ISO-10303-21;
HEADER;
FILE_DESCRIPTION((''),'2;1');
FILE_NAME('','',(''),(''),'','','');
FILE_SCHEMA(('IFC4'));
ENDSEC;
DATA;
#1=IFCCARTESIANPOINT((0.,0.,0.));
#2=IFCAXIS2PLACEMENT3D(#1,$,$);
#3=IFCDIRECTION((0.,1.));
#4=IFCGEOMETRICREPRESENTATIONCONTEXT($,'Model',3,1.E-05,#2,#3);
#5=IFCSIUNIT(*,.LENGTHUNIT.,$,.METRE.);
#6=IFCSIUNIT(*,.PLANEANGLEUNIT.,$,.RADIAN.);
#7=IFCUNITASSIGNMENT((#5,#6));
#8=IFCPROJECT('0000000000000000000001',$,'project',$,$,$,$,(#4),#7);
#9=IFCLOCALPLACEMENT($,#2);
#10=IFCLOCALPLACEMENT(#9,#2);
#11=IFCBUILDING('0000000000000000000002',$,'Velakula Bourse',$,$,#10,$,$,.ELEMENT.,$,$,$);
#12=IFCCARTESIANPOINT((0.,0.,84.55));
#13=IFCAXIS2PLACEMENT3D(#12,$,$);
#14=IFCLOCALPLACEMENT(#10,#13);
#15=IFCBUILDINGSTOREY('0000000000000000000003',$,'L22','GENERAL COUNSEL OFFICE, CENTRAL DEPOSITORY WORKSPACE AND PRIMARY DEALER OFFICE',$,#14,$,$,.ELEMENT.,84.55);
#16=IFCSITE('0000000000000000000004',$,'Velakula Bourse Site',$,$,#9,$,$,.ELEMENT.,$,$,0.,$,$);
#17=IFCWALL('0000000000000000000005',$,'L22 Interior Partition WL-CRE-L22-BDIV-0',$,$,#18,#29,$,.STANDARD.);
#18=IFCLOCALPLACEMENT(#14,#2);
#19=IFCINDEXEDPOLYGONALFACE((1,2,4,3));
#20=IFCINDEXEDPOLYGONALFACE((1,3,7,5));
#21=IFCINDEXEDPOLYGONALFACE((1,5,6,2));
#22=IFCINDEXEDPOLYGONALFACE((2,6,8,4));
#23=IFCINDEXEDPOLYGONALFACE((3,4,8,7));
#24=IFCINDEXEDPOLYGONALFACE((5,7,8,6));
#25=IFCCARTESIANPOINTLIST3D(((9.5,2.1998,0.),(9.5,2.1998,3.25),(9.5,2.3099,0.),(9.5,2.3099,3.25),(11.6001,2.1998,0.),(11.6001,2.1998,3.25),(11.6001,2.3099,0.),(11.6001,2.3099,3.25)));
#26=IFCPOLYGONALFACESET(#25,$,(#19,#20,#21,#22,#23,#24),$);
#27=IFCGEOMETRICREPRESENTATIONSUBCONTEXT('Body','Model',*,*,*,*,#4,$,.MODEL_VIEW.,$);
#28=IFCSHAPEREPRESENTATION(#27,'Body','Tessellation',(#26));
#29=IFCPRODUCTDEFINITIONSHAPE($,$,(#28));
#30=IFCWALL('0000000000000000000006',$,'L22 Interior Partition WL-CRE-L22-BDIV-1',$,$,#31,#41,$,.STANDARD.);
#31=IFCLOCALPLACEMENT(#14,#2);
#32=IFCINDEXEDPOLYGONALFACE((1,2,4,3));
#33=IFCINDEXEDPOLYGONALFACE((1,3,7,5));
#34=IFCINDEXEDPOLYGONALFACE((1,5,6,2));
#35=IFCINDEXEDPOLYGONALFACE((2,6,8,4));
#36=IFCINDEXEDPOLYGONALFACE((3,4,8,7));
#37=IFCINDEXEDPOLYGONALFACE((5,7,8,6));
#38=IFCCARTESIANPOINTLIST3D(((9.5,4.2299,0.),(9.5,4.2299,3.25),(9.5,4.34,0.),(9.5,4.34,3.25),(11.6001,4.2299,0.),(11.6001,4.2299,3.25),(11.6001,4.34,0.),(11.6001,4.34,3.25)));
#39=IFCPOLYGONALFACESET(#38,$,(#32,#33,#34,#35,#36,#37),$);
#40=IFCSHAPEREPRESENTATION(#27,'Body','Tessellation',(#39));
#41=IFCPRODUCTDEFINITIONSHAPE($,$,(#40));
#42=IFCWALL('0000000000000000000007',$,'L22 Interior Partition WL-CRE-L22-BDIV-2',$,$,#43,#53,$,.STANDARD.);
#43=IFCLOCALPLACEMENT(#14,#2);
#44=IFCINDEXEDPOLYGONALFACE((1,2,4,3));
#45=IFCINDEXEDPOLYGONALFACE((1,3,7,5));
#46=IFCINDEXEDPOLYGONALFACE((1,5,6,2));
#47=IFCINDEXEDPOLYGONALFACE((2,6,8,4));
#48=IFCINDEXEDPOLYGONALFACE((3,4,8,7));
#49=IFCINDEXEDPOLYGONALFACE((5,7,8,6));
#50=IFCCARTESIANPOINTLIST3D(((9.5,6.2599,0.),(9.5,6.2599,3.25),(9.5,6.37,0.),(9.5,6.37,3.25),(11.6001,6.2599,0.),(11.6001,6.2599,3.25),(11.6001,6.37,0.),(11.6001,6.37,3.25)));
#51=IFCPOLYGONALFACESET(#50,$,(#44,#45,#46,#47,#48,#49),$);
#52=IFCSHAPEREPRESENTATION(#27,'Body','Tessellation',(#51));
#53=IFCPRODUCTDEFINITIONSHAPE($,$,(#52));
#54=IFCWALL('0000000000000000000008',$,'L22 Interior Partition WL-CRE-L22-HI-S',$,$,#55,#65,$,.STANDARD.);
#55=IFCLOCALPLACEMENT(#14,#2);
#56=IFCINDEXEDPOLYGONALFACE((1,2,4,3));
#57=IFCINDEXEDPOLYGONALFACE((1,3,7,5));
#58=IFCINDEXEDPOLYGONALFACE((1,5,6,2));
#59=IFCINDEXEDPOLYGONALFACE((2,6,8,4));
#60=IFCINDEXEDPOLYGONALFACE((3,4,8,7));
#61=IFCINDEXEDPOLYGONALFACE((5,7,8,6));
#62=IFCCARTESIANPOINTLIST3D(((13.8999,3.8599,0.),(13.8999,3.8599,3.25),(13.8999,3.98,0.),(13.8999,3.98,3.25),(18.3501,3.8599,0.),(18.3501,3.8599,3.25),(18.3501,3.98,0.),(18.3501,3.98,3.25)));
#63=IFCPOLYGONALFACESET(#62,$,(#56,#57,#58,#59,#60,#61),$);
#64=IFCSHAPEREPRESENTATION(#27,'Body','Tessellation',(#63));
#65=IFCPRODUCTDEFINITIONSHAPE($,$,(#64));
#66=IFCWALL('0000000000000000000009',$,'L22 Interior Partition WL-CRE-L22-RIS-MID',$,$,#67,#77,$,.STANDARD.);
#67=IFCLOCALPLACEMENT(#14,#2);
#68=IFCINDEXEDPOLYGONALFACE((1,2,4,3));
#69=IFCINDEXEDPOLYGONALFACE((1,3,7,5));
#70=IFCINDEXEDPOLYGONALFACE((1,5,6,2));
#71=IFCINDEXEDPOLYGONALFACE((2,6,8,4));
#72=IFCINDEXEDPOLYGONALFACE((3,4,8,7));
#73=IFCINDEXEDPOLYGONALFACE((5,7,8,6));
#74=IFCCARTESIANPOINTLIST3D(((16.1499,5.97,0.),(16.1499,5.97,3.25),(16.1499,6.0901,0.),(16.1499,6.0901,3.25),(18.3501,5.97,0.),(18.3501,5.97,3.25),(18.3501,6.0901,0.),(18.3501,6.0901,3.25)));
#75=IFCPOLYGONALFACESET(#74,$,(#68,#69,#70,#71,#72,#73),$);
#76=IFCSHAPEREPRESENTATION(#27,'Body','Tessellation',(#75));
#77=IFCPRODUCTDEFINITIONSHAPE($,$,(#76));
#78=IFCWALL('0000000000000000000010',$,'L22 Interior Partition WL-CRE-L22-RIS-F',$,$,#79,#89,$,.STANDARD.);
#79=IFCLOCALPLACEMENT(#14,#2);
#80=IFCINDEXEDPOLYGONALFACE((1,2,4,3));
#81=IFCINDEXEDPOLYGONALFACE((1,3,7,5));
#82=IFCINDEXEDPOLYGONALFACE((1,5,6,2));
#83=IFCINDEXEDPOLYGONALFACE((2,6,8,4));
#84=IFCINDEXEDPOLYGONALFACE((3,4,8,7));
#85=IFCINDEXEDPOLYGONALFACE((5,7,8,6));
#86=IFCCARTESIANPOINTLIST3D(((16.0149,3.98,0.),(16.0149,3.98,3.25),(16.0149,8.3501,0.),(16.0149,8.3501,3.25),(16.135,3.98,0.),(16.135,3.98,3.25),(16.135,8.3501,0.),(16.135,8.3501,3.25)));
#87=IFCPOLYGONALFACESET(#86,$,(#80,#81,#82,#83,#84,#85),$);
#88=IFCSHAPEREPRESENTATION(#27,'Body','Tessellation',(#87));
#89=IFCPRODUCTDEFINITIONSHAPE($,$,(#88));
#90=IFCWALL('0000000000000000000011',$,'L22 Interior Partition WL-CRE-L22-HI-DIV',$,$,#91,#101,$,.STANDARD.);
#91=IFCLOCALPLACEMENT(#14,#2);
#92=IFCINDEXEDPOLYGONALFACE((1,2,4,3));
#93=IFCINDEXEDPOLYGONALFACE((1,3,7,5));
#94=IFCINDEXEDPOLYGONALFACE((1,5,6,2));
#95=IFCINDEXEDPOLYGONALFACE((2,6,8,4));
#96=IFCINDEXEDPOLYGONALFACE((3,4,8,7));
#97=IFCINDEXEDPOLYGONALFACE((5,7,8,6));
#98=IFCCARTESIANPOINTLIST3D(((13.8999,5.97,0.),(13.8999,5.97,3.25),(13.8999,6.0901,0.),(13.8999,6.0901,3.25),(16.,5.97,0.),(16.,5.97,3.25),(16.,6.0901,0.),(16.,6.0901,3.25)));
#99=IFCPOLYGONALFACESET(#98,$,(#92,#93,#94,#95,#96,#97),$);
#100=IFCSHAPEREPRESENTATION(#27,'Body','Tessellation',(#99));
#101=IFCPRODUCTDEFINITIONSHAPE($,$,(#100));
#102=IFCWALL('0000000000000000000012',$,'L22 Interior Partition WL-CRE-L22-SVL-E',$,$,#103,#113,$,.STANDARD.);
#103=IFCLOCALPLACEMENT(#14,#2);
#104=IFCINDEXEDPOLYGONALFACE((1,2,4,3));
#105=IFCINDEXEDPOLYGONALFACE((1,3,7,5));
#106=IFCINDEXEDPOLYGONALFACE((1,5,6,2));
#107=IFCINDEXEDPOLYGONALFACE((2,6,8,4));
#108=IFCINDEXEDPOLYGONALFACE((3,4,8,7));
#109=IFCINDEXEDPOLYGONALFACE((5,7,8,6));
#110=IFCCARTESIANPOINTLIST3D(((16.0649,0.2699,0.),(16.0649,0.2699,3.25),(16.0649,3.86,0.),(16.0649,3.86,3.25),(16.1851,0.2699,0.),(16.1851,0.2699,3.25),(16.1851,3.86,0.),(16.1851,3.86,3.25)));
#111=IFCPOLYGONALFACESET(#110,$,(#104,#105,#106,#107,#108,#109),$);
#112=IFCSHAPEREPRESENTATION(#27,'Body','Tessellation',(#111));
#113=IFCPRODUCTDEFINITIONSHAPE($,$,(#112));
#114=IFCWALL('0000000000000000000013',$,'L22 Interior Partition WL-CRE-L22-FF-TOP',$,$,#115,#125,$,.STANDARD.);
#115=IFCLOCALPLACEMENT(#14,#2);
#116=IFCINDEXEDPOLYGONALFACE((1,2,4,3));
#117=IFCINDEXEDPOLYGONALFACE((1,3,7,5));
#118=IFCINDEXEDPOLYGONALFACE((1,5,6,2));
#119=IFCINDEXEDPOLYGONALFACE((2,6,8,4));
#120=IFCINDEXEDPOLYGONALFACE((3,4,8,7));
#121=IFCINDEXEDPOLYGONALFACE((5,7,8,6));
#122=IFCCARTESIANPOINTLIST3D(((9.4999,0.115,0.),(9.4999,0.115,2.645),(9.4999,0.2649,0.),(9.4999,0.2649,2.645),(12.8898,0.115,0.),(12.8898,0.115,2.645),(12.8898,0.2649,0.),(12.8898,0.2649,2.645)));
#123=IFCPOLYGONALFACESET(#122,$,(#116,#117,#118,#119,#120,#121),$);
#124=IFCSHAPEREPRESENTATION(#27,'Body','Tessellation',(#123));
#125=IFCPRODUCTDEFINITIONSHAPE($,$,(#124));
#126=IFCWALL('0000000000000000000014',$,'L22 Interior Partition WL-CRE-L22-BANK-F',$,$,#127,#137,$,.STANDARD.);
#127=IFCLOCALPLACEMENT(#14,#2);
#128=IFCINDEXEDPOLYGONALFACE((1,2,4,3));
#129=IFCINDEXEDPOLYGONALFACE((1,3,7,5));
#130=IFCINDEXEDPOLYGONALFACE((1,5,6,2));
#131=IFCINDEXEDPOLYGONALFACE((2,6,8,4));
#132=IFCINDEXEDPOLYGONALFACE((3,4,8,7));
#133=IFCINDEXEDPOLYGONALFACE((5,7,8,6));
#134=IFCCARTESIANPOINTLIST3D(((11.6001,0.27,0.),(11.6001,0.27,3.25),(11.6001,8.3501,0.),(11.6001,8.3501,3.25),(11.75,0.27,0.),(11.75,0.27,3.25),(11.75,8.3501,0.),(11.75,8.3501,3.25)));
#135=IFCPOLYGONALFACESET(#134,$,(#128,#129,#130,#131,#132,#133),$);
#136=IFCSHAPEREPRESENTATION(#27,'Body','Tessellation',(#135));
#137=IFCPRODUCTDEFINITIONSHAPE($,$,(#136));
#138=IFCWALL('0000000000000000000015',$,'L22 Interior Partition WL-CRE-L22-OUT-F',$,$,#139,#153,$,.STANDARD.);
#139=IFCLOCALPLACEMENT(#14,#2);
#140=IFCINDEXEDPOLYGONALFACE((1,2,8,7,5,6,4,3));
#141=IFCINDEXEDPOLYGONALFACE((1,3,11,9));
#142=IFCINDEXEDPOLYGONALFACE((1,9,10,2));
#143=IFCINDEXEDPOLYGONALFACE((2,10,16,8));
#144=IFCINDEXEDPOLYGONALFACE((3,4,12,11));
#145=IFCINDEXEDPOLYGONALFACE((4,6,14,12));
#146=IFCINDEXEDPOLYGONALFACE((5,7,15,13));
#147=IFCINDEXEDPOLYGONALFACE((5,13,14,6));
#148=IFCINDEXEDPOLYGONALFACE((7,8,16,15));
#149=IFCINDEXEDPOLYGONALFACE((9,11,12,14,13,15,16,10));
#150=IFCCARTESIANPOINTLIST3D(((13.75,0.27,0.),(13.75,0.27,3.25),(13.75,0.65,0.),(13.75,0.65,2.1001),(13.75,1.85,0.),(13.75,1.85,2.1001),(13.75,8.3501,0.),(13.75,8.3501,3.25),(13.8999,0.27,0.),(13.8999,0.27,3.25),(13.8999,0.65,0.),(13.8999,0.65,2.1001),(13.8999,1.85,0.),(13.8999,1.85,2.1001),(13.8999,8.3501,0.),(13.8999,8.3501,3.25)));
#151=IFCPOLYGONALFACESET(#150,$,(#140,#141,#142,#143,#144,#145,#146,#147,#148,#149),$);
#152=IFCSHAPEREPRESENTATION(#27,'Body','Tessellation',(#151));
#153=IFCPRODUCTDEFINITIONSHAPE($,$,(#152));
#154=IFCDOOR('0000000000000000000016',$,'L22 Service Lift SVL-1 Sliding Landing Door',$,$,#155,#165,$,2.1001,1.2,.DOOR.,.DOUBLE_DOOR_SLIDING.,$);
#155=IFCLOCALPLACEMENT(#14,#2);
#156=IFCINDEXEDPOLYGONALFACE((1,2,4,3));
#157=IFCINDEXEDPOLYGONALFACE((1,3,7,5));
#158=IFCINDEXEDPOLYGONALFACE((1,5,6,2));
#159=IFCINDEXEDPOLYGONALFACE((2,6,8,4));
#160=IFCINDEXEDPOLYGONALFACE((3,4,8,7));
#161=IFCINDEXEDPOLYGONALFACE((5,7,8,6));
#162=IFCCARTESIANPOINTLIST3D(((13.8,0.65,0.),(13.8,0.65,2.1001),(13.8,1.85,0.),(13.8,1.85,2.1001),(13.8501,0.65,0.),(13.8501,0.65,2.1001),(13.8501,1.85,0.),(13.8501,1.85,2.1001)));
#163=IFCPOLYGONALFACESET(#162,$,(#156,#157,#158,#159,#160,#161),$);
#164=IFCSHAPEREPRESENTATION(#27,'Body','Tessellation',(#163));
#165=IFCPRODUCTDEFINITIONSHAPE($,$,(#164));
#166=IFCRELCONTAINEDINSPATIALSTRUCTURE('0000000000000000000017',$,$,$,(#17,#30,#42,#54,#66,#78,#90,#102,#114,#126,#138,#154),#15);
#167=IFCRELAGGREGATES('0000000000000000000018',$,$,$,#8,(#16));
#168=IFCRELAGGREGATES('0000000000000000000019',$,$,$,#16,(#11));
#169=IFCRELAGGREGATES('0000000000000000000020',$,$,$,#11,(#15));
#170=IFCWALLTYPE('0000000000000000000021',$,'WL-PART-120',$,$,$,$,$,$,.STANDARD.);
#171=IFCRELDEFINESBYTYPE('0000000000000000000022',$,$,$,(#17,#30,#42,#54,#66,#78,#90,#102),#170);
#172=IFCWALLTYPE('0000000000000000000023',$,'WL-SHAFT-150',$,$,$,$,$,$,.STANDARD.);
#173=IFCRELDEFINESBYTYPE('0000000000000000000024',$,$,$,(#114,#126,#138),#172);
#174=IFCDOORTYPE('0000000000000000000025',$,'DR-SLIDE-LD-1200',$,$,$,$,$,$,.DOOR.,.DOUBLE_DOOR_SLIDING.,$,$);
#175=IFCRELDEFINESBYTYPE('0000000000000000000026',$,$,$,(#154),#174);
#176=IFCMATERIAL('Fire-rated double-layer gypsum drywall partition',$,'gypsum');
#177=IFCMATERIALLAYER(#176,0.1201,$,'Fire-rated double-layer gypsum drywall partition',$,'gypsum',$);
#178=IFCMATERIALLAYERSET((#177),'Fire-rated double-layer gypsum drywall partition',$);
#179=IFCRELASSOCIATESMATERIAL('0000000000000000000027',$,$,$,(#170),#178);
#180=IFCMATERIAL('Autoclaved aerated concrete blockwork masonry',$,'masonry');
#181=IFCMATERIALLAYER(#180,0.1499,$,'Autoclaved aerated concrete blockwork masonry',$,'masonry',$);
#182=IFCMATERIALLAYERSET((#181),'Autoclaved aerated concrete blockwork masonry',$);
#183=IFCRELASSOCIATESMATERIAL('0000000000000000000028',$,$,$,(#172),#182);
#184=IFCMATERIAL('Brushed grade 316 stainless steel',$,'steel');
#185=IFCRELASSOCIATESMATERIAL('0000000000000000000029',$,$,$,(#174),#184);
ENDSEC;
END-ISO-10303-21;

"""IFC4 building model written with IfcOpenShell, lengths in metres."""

from ifc_helpers import new_model, si_unit, direction, frame, frame_2d, origin, place, context, subcontext, project, spatial, rectangle, extrude, material, layer, layer_set, type_object, element, fill, save


model = new_model("IFC4")

# Units and contexts
model_context = context("Model", 3, precision=1e-05, world=origin(), true_north=direction((0.0, 1.0)))
body_context = subcontext(model_context, "Body", "Model", "MODEL_VIEW")
ifc_project = project(units=[si_unit("LENGTHUNIT", "METRE"), si_unit("PLANEANGLEUNIT", "RADIAN")], contexts=[model_context])

# Site, building, storey
site_placement = place(None, origin())
site = spatial("IfcSite", under=ifc_project, at=site_placement, Name="Velakula Bourse Site", CompositionType="ELEMENT", RefElevation=0.0)
building_placement = place(site_placement, origin())
building = spatial("IfcBuilding", under=site, at=building_placement, Name="Velakula Bourse", CompositionType="ELEMENT")
storey_placement = place(building_placement, frame((0.0, 0.0, 84.55)))
storey = spatial("IfcBuildingStorey", under=building, at=storey_placement, Name="L22", Description="GENERAL COUNSEL OFFICE, CENTRAL DEPOSITORY WORKSPACE AND PRIMARY DEALER OFFICE", CompositionType="ELEMENT", Elevation=84.55)

# Shared definitions
ifc_material_1 = material(Name="Fire-rated double-layer gypsum drywall partition", Category="gypsum")
ifc_layer_1 = layer(ifc_material_1, 0.1201, Name="Fire-rated double-layer gypsum drywall partition", Category="gypsum")
ifc_layer_set_1 = layer_set([ifc_layer_1], Name="Fire-rated double-layer gypsum drywall partition")
wall_type_1 = type_object("IfcWallType", Name="WL-PART-120", PredefinedType="STANDARD", material=ifc_layer_set_1)

# Walls
for number, where, z_axis, x_axis, name in (
    (1, (9.5, 2.2549, 0.0), (0.0, 0.0, 1.0), (1.0, 0.0, 0.0), "L22 Interior Partition WL-CRE-L22-BDIV-0"),
    (2, (9.5, 4.2849, 0.0), (0.0, 0.0, 1.0), (1.0, 0.0, 0.0), "L22 Interior Partition WL-CRE-L22-BDIV-1"),
    (3, (9.5, 6.3149, 0.0), (0.0, 0.0, 1.0), (1.0, 0.0, 0.0), "L22 Interior Partition WL-CRE-L22-BDIV-2"),
):
    element("IfcWall", number, at=place(storey_placement, frame(where, z_axis=z_axis, x_axis=x_axis)), inside=storey, type_object=wall_type_1, Name=name, PredefinedType="STANDARD", context=body_context, shape_type="SweptSolid", body=[
        extrude(rectangle(XDim=2.1001, YDim=0.1101, at=frame_2d((1.05, 0.0))), origin(), (0.0, 0.0, 1.0), 3.25),
    ])
wall_1_placement = place(storey_placement, frame((13.8999, 3.9199, 0.0), z_axis=(0.0, 0.0, 1.0), x_axis=(1.0, 0.0, 0.0)))
element("IfcWall", 4, at=wall_1_placement, inside=storey, type_object=wall_type_1, Name="L22 Interior Partition WL-CRE-L22-HI-S", PredefinedType="STANDARD", context=body_context, shape_type="SweptSolid", body=[
    extrude(rectangle(XDim=4.4502, YDim=0.1201, at=frame_2d((2.2251, 0.0))), origin(), (0.0, 0.0, 1.0), 3.25),
])
wall_2_placement = place(storey_placement, frame((16.1499, 6.03, 0.0), z_axis=(0.0, 0.0, 1.0), x_axis=(1.0, 0.0, 0.0)))
element("IfcWall", 5, at=wall_2_placement, inside=storey, type_object=wall_type_1, Name="L22 Interior Partition WL-CRE-L22-RIS-MID", PredefinedType="STANDARD", context=body_context, shape_type="SweptSolid", body=[
    extrude(rectangle(XDim=2.2002, YDim=0.1201, at=frame_2d((1.1001, 0.0))), origin(), (0.0, 0.0, 1.0), 3.25),
])
wall_3_placement = place(storey_placement, frame((16.075, 3.98, 0.0), z_axis=(0.0, 0.0, 1.0), x_axis=(0.0, 1.0, 0.0)))
element("IfcWall", 6, at=wall_3_placement, inside=storey, type_object=wall_type_1, Name="L22 Interior Partition WL-CRE-L22-RIS-F", PredefinedType="STANDARD", context=body_context, shape_type="SweptSolid", body=[
    extrude(rectangle(XDim=4.3701, YDim=0.1201, at=frame_2d((2.1851, 0.0))), origin(), (0.0, 0.0, 1.0), 3.25),
])
wall_4_placement = place(storey_placement, frame((13.8999, 6.03, 0.0), z_axis=(0.0, 0.0, 1.0), x_axis=(1.0, 0.0, 0.0)))
element("IfcWall", 7, at=wall_4_placement, inside=storey, type_object=wall_type_1, Name="L22 Interior Partition WL-CRE-L22-HI-DIV", PredefinedType="STANDARD", context=body_context, shape_type="SweptSolid", body=[
    extrude(rectangle(XDim=2.1001, YDim=0.1201, at=frame_2d((1.05, 0.0))), origin(), (0.0, 0.0, 1.0), 3.25),
])
wall_5_placement = place(storey_placement, frame((16.125, 0.27, 0.0), z_axis=(0.0, 0.0, 1.0), x_axis=(0.0, 1.0, 0.0)))
element("IfcWall", 8, at=wall_5_placement, inside=storey, type_object=wall_type_1, Name="L22 Interior Partition WL-CRE-L22-SVL-E", PredefinedType="STANDARD", context=body_context, shape_type="SweptSolid", body=[
    extrude(rectangle(XDim=3.5901, YDim=0.1201, at=frame_2d((1.7949, 0.0))), origin(), (0.0, 0.0, 1.0), 3.25),
])
ifc_material_2 = material(Name="Autoclaved aerated concrete blockwork masonry", Category="masonry")
ifc_layer_2 = layer(ifc_material_2, 0.1499, Name="Autoclaved aerated concrete blockwork masonry", Category="masonry")
ifc_layer_set_2 = layer_set([ifc_layer_2], Name="Autoclaved aerated concrete blockwork masonry")
wall_type_2 = type_object("IfcWallType", Name="WL-SHAFT-150", PredefinedType="STANDARD", material=ifc_layer_set_2)
wall_6_placement = place(storey_placement, frame((9.5, 0.1899, 0.0), z_axis=(0.0, 0.0, 1.0), x_axis=(1.0, 0.0, 0.0)))
element("IfcWall", 9, at=wall_6_placement, inside=storey, type_object=wall_type_2, Name="L22 Interior Partition WL-CRE-L22-FF-TOP", PredefinedType="STANDARD", context=body_context, shape_type="SweptSolid", body=[
    extrude(rectangle(XDim=3.3899, YDim=0.1499, at=frame_2d((1.6948, 0.0))), origin(), (0.0, 0.0, 1.0), 2.645),
])
wall_7_placement = place(storey_placement, frame((11.675, 0.27, 0.0), z_axis=(0.0, 0.0, 1.0), x_axis=(0.0, 1.0, 0.0)))
element("IfcWall", 10, at=wall_7_placement, inside=storey, type_object=wall_type_2, Name="L22 Interior Partition WL-CRE-L22-BANK-F", PredefinedType="STANDARD", context=body_context, shape_type="SweptSolid", body=[
    extrude(rectangle(XDim=8.0801, YDim=0.1499, at=frame_2d((4.04, 0.0))), origin(), (0.0, 0.0, 1.0), 3.25),
])

# Wall, opening, door
wall_8_placement = place(storey_placement, frame((13.825, 0.27, 0.0), z_axis=(0.0, 0.0, 1.0), x_axis=(0.0, 1.0, 0.0)))
wall_8 = element("IfcWall", 11, at=wall_8_placement, inside=storey, type_object=wall_type_2, Name="L22 Interior Partition WL-CRE-L22-OUT-F", PredefinedType="STANDARD", context=body_context, shape_type="SweptSolid", body=[
    extrude(rectangle(XDim=8.0801, YDim=0.1499, at=frame_2d((4.04, 0.0))), origin(), (0.0, 0.0, 1.0), 3.25),
])
opening_1_placement = place(wall_8_placement, frame((0.3799, 0.0, 0.0)))
opening_1 = element("IfcOpeningElement", 12, at=opening_1_placement, cuts=wall_8, PredefinedType="OPENING", context=body_context, shape_type="SweptSolid", body=[
    extrude(rectangle(XDim=1.2, YDim=2.1001, at=frame_2d((0.6001, 1.05))), frame((0.0, 0.085, 0.0), z_axis=(0.0, -1.0, 0.0), x_axis=(1.0, 0.0, 0.0)), (0.0, 0.0, 1.0), 0.1699),
])
ifc_material_3 = material(Name="Brushed grade 316 stainless steel", Category="steel")
door_type_1 = type_object("IfcDoorType", Name="DR-SLIDE-LD-1200", OperationType="DOUBLE_DOOR_SLIDING", PredefinedType="DOOR", material=ifc_material_3)
door_1_placement = place(opening_1_placement, origin())
door_1 = element("IfcDoor", 13, at=door_1_placement, inside=storey, type_object=door_type_1, Name="L22 Service Lift SVL-1 Sliding Landing Door", OperationType="DOUBLE_DOOR_SLIDING", OverallHeight=2.1001, OverallWidth=1.2, PredefinedType="DOOR", context=body_context, shape_type="SweptSolid", body=[
    extrude(rectangle(XDim=1.2, YDim=2.1001, at=frame_2d((0.6001, 1.05))), frame((0.0, 0.0249, 0.0), z_axis=(0.0, -1.0, 0.0), x_axis=(1.0, 0.0, 0.0)), (0.0, 0.0, 1.0), 0.05),
])
fill(opening_1, door_1)

save(model, "model.ifc")
